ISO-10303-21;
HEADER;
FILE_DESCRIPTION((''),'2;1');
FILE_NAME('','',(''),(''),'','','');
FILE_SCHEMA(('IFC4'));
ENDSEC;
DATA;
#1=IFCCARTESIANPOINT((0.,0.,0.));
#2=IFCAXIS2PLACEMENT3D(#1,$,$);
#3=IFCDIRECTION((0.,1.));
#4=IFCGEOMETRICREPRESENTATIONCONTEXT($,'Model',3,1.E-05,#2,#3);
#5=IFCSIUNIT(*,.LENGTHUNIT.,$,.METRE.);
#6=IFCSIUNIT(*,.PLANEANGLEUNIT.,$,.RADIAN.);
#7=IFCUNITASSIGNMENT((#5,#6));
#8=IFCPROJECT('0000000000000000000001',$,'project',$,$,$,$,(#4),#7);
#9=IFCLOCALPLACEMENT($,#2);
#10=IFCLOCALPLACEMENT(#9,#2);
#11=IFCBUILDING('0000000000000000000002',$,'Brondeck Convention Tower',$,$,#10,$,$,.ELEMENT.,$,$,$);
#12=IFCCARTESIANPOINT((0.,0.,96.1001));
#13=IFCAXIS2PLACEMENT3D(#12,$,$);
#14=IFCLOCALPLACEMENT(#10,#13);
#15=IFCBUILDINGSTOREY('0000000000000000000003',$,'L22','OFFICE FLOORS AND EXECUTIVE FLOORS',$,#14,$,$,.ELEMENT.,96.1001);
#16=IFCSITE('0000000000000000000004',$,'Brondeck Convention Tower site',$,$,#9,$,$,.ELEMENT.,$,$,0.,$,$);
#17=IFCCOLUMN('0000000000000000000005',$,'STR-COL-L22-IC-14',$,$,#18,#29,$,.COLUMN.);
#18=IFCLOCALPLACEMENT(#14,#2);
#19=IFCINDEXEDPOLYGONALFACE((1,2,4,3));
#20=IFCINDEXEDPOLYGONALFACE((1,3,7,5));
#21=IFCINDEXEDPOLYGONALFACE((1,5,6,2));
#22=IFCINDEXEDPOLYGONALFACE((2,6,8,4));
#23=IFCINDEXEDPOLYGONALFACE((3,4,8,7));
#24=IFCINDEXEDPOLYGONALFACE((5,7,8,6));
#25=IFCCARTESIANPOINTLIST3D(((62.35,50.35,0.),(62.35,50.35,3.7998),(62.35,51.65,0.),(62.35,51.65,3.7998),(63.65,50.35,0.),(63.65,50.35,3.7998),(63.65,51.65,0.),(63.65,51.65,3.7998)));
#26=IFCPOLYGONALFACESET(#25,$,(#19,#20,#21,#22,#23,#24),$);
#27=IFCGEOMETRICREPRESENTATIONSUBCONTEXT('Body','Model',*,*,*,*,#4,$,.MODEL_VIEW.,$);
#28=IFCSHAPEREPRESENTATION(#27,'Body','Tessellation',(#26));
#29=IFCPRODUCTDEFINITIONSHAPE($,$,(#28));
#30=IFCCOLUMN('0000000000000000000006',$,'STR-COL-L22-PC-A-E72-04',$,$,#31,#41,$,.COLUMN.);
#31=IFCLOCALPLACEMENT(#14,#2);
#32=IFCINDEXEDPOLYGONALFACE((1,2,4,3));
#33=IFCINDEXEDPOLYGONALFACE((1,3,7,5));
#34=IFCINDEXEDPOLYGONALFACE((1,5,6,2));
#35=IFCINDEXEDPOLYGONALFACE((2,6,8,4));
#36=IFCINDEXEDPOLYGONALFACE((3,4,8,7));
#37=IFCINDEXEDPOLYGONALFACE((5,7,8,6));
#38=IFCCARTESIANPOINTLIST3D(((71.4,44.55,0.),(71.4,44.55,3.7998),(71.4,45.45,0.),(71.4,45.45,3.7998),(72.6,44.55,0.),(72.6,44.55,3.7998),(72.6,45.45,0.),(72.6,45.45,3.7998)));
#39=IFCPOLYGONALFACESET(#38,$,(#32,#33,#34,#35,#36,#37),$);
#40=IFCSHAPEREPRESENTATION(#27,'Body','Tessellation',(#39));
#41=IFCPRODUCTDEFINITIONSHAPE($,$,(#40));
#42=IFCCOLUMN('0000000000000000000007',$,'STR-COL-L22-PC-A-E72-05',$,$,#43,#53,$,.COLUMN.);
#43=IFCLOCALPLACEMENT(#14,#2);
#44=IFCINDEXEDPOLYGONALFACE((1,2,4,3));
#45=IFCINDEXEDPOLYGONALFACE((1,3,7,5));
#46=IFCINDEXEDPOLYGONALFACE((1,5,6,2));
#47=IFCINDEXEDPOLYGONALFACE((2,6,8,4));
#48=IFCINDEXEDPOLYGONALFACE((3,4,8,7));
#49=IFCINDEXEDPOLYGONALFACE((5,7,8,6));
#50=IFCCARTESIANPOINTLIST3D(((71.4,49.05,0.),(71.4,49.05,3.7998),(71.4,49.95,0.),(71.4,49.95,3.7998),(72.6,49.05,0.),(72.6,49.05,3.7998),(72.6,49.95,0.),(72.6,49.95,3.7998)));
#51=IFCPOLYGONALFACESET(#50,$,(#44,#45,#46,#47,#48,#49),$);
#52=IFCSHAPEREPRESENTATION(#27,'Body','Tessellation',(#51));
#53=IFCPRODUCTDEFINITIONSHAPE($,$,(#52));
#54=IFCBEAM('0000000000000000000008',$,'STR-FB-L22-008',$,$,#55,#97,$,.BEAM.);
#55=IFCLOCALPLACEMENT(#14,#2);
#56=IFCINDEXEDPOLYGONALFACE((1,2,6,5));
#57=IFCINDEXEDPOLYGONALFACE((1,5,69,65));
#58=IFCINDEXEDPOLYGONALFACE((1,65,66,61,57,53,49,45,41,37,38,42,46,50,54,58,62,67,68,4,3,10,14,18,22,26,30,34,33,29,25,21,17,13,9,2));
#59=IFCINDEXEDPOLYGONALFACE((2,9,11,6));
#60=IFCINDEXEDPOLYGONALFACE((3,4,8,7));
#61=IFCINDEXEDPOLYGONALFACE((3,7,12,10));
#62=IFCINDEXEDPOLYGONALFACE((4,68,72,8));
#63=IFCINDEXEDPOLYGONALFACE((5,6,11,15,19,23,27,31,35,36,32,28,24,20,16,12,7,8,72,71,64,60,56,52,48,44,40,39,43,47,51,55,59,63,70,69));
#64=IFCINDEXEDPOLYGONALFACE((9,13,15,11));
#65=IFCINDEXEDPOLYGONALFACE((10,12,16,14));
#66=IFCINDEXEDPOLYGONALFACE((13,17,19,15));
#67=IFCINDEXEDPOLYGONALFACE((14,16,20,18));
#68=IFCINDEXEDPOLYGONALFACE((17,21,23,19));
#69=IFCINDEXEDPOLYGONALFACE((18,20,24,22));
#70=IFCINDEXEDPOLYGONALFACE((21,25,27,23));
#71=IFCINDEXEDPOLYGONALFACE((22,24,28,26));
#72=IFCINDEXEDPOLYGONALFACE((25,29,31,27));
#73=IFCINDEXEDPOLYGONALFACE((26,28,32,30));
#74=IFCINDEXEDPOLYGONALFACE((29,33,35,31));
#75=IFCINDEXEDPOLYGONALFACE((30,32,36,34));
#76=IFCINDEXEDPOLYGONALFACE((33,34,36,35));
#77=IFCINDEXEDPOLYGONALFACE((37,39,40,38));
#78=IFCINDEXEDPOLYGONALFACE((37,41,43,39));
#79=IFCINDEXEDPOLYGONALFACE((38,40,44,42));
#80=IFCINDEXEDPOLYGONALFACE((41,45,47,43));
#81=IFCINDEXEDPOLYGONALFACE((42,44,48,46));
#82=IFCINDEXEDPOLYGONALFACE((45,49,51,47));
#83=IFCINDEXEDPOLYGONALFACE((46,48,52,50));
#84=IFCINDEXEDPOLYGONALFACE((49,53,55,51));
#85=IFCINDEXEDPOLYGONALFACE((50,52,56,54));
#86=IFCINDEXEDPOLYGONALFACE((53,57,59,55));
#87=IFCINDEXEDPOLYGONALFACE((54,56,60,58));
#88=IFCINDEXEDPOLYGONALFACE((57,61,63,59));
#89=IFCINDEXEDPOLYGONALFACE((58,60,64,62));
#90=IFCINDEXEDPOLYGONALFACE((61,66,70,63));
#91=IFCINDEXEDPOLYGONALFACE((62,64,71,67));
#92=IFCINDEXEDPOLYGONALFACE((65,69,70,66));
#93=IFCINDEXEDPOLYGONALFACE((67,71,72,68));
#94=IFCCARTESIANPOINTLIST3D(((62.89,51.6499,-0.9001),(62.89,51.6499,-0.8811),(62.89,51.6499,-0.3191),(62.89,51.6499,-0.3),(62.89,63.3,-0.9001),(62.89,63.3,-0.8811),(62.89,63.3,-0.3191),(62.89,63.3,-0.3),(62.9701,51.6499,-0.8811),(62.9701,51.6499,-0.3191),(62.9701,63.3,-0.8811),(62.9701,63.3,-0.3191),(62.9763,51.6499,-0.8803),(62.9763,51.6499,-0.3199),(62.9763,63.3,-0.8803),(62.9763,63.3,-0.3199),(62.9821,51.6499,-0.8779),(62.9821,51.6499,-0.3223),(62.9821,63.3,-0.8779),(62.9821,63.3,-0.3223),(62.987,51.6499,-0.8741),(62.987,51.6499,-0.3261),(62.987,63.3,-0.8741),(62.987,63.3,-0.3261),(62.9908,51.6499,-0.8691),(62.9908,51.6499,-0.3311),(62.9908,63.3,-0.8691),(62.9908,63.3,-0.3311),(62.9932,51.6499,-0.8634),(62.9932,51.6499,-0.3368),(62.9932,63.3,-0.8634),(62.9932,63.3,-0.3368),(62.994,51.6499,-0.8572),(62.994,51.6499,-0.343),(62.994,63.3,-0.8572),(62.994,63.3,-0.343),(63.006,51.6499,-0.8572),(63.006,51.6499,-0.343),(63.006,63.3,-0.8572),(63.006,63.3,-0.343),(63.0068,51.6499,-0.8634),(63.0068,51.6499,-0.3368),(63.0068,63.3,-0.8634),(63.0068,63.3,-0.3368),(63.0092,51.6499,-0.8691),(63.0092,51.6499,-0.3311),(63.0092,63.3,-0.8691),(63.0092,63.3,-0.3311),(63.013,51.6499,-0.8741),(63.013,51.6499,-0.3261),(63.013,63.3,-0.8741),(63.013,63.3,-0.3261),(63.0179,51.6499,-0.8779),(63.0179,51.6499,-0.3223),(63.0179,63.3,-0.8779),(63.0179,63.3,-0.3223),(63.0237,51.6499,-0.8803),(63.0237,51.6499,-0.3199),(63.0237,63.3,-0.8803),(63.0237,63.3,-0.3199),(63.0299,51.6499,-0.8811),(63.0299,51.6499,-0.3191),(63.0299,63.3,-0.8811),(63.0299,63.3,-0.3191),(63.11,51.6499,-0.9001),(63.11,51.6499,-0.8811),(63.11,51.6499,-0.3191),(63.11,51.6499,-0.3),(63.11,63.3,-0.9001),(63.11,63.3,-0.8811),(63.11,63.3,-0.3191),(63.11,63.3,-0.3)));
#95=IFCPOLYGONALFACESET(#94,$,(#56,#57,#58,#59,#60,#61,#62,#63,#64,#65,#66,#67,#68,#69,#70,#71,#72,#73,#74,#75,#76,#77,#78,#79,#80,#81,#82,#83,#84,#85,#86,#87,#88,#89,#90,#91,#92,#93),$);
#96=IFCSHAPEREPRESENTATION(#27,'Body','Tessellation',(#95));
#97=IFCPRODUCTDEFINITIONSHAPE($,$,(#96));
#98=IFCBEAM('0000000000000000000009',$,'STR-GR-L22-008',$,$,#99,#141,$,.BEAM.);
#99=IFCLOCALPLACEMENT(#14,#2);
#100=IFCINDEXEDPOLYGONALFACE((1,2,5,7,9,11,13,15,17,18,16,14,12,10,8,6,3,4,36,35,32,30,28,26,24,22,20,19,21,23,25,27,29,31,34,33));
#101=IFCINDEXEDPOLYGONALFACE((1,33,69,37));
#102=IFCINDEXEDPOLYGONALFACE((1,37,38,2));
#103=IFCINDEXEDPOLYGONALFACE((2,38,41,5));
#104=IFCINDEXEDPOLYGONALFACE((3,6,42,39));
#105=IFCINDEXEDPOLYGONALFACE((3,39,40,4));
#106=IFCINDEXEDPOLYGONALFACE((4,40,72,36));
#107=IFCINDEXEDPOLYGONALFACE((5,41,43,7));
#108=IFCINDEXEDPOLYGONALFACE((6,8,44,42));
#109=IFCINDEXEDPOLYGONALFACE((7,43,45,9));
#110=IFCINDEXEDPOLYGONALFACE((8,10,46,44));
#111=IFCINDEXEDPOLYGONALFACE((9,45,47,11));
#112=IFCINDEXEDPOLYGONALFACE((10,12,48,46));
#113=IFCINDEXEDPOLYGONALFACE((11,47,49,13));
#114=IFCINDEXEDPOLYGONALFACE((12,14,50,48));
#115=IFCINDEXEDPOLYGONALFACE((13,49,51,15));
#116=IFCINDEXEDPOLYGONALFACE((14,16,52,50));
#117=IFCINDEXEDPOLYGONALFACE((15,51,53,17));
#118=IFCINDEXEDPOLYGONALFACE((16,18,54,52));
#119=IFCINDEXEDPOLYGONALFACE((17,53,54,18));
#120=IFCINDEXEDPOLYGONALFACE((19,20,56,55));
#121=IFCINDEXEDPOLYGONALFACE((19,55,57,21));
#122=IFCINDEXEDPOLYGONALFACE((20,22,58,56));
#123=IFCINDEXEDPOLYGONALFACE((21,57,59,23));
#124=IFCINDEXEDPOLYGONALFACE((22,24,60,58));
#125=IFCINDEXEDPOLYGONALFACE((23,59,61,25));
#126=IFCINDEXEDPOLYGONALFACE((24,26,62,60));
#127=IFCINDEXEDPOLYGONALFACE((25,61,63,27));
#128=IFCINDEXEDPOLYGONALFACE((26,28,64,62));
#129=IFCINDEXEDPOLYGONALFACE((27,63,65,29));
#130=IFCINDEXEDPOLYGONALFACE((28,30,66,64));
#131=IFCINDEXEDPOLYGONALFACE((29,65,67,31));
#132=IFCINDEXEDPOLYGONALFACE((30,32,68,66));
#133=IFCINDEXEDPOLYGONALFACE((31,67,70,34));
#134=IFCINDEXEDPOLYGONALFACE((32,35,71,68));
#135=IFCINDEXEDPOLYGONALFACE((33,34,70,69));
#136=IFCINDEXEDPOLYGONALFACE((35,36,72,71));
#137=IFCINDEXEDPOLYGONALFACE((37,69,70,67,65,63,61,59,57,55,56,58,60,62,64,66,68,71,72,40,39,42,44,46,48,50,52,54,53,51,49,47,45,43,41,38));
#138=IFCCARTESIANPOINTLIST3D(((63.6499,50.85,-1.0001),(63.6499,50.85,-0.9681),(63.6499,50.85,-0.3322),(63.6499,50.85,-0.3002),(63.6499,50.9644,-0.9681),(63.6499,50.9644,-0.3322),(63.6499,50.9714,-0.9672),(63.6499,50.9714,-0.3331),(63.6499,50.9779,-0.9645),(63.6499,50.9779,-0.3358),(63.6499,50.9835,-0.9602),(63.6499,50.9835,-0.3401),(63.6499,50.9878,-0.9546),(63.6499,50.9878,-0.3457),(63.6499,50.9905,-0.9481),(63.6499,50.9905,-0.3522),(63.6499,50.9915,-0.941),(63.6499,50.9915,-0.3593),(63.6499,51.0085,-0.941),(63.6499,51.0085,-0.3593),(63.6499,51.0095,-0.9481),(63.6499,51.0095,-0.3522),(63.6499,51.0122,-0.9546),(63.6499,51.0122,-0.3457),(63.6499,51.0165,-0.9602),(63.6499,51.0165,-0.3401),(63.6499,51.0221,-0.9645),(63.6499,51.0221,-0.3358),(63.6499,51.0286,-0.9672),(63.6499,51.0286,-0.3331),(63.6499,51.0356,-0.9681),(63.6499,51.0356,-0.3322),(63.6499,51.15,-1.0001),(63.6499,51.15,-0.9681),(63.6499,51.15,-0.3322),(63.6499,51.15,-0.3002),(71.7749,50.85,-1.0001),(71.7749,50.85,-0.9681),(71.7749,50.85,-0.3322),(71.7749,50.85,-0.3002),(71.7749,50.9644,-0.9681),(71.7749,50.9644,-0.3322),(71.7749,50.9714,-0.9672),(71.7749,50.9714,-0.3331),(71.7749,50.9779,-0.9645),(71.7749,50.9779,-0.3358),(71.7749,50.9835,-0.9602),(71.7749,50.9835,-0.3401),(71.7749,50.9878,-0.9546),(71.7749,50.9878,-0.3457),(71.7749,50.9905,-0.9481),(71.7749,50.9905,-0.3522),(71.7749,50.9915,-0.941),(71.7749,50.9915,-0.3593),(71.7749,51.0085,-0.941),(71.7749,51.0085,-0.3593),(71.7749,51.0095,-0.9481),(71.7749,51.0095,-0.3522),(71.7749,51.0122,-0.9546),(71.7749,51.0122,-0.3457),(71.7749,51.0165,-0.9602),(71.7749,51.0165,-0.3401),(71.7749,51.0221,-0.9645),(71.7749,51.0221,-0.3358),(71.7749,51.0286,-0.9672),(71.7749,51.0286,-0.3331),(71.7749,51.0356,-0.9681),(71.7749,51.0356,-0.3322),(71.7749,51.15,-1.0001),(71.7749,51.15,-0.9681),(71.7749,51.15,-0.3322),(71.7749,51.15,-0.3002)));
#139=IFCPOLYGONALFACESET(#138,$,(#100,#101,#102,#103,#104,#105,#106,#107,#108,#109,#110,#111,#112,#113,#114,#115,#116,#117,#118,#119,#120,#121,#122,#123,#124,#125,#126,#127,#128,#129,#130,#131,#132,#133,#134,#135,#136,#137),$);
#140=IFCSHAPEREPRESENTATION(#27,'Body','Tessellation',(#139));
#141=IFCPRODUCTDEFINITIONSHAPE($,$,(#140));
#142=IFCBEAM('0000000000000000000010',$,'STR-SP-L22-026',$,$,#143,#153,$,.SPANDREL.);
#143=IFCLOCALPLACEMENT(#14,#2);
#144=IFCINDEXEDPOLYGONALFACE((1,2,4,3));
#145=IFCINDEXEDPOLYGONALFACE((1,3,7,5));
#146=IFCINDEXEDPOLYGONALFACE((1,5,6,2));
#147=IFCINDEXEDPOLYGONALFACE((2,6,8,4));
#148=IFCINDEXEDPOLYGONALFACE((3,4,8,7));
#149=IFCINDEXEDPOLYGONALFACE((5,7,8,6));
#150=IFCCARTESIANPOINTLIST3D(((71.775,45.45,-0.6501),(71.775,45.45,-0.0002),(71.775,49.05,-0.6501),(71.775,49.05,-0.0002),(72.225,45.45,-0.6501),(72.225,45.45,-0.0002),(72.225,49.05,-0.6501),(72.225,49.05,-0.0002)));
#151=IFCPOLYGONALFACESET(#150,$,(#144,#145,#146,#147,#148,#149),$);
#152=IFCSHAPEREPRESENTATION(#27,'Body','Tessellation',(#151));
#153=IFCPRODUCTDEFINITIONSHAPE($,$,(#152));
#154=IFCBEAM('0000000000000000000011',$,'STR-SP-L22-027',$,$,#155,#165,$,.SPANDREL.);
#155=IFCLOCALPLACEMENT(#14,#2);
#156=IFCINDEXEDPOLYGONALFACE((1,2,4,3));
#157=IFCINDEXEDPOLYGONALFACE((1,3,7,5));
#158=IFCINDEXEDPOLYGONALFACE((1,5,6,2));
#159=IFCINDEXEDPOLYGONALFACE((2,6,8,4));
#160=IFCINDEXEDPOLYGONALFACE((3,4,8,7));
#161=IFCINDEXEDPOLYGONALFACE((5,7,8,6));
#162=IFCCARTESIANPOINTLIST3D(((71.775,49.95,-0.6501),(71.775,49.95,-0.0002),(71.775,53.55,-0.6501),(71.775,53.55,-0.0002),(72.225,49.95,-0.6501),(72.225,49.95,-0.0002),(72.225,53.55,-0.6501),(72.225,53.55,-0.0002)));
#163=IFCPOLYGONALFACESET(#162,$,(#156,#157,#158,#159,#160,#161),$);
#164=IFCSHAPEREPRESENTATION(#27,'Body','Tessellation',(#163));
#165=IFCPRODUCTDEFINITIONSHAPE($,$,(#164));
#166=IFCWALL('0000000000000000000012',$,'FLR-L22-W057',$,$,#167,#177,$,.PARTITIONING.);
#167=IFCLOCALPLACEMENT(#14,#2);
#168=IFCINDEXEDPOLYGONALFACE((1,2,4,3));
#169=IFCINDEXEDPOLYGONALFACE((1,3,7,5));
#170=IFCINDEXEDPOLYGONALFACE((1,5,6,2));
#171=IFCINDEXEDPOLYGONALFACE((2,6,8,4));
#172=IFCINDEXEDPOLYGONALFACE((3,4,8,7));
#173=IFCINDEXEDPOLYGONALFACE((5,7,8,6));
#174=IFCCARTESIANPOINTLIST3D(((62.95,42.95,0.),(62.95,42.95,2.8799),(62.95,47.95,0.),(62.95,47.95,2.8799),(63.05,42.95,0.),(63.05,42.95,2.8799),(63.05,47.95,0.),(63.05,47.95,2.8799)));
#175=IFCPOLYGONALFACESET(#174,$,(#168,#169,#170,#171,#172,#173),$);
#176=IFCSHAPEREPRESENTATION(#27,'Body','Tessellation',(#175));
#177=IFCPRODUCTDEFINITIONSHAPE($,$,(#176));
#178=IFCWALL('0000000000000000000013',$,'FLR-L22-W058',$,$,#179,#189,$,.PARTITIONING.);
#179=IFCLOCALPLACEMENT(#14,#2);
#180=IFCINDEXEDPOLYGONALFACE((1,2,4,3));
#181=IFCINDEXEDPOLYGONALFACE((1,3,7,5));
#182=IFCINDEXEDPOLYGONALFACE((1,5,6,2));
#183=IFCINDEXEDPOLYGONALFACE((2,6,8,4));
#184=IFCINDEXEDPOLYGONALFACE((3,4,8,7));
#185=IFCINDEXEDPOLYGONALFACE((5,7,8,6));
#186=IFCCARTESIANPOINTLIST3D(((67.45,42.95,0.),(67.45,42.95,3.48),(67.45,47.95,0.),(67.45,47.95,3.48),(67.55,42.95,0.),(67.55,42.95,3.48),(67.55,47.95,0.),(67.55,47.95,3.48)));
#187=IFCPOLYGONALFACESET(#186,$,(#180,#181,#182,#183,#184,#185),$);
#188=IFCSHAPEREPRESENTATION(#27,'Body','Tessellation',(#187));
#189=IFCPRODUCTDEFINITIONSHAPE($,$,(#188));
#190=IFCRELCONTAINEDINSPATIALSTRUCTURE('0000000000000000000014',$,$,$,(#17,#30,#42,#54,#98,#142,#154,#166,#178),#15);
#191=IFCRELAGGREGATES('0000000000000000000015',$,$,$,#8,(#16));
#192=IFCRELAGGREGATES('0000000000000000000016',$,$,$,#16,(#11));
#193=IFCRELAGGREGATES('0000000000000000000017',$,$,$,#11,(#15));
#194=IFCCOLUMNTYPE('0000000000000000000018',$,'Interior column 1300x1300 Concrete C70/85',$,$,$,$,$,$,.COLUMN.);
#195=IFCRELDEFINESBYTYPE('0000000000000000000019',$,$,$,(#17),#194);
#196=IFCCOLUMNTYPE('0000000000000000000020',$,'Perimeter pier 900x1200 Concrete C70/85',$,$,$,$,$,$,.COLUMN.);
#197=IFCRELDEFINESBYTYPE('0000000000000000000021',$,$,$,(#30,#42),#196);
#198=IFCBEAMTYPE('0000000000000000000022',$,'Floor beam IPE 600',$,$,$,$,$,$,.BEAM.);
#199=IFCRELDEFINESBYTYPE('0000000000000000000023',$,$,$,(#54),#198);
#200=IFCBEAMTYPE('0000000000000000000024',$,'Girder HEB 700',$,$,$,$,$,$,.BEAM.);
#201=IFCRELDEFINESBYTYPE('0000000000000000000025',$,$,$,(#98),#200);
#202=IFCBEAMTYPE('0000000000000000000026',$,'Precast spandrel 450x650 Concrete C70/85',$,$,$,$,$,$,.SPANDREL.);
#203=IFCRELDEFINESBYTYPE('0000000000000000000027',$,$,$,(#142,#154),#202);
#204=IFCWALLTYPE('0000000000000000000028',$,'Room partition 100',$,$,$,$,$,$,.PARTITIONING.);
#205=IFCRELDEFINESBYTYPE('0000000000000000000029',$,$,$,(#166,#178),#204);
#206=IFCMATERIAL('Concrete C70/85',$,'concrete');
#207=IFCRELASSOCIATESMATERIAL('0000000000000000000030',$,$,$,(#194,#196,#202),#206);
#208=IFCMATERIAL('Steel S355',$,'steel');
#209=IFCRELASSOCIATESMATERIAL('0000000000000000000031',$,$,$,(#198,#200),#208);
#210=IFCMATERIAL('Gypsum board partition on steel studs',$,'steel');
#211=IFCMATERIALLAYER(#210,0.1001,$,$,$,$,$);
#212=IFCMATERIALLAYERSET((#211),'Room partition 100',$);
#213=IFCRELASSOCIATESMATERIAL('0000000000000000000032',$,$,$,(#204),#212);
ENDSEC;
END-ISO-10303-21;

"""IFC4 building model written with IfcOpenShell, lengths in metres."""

from ifc_helpers import new_model, si_unit, direction, frame, frame_2d, origin, origin_2d, place, context, subcontext, project, spatial, rectangle, i_section, extrude, material, layer, layer_set, material_profile, profile_set, type_object, element, save


model = new_model("IFC4")

# Units and contexts
model_context = context("Model", 3, precision=1e-05, world=origin(), true_north=direction((0.0, 1.0)))
body_context = subcontext(model_context, "Body", "Model", "MODEL_VIEW")
ifc_project = project(units=[si_unit("LENGTHUNIT", "METRE"), si_unit("PLANEANGLEUNIT", "RADIAN")], contexts=[model_context])

# Site, building, storey
site_placement = place(None, origin())
site = spatial("IfcSite", under=ifc_project, at=site_placement, Name="Brondeck Convention Tower site", CompositionType="ELEMENT", RefElevation=0.0)
building_placement = place(site_placement, origin())
building = spatial("IfcBuilding", under=site, at=building_placement, Name="Brondeck Convention Tower", CompositionType="ELEMENT")
storey_placement = place(building_placement, frame((0.0, 0.0, 96.1001)))
storey = spatial("IfcBuildingStorey", under=building, at=storey_placement, Name="L22", Description="OFFICE FLOORS AND EXECUTIVE FLOORS", CompositionType="ELEMENT", Elevation=96.1001)

# Columns
ifc_material_1 = material(Name="Concrete C70/85", Category="concrete")
ifc_material_profile_1 = material_profile(ifc_material_1, rectangle(XDim=1.3, YDim=1.3, at=origin_2d()), Name="Interior column 1300x1300 Concrete C70/85")
ifc_profile_set_1 = profile_set([ifc_material_profile_1], Name="Concrete C70/85")
column_type_1 = type_object("IfcColumnType", Name="Interior column 1300x1300 Concrete C70/85", PredefinedType="COLUMN", material=ifc_profile_set_1)
column_placement = place(storey_placement, frame((63.0, 51.0, 0.0), z_axis=(0.0, 0.0, 1.0), x_axis=(1.0, 0.0, 0.0)))
element("IfcColumn", 1, at=column_placement, inside=storey, type_object=column_type_1, Name="STR-COL-L22-IC-14", PredefinedType="COLUMN", context=body_context, shape_type="SweptSolid", body=[
    extrude(rectangle(XDim=1.3, YDim=1.3, at=origin_2d()), origin(), (0.0, 0.0, 1.0), 3.7998),
])
ifc_material_profile_2 = material_profile(ifc_material_1, rectangle(XDim=0.8999, YDim=1.2, at=origin_2d()), Name="Perimeter pier 900x1200 Concrete C70/85")
ifc_profile_set_2 = profile_set([ifc_material_profile_2], Name="Concrete C70/85")
column_type_2 = type_object("IfcColumnType", Name="Perimeter pier 900x1200 Concrete C70/85", PredefinedType="COLUMN", material=ifc_profile_set_2)
for number, where, z_axis, x_axis, name in (
    (2, (72.0, 45.0, 0.0), (0.0, 0.0, 1.0), (0.0, 1.0, 0.0), "STR-COL-L22-PC-A-E72-04"),
    (3, (72.0, 49.5, 0.0), (0.0, 0.0, 1.0), (0.0, 1.0, 0.0), "STR-COL-L22-PC-A-E72-05"),
):
    element("IfcColumn", number, at=place(storey_placement, frame(where, z_axis=z_axis, x_axis=x_axis)), inside=storey, type_object=column_type_2, Name=name, PredefinedType="COLUMN", context=body_context, shape_type="SweptSolid", body=[
        extrude(rectangle(XDim=0.8999, YDim=1.2, at=origin_2d()), origin(), (0.0, 0.0, 1.0), 3.7998),
    ])

# Beams
ifc_material_2 = material(Name="Steel S355", Category="steel")
ifc_material_profile_3 = material_profile(ifc_material_2, i_section(OverallWidth=0.22, OverallDepth=0.6001, WebThickness=0.012, FlangeThickness=0.019, FilletRadius=0.0239, at=origin_2d()), Name="IPE 600")
ifc_profile_set_3 = profile_set([ifc_material_profile_3], Name="Steel S355")
beam_type_1 = type_object("IfcBeamType", Name="Floor beam IPE 600", PredefinedType="BEAM", material=ifc_profile_set_3)
beam_1_placement = place(storey_placement, frame((63.0, 51.6499, -0.6001), z_axis=(0.0, 1.0, 0.0), x_axis=(-1.0, 0.0, 0.0)))
element("IfcBeam", 4, at=beam_1_placement, inside=storey, type_object=beam_type_1, Name="STR-FB-L22-008", PredefinedType="BEAM", context=body_context, shape_type="SweptSolid", body=[
    extrude(i_section(OverallWidth=0.22, OverallDepth=0.6001, WebThickness=0.012, FlangeThickness=0.019, FilletRadius=0.0239, at=origin_2d()), origin(), (0.0, 0.0, 1.0), 11.6501),
])
ifc_material_profile_4 = material_profile(ifc_material_2, i_section(OverallWidth=0.3, OverallDepth=0.7, WebThickness=0.0171, FlangeThickness=0.032, FilletRadius=0.0271, at=origin_2d()), Name="HEB 700")
ifc_profile_set_4 = profile_set([ifc_material_profile_4], Name="Steel S355")
beam_type_2 = type_object("IfcBeamType", Name="Girder HEB 700", PredefinedType="BEAM", material=ifc_profile_set_4)
beam_2_placement = place(storey_placement, frame((63.6499, 51.0, -0.6501), z_axis=(1.0, 0.0, 0.0), x_axis=(0.0, 1.0, 0.0)))
element("IfcBeam", 5, at=beam_2_placement, inside=storey, type_object=beam_type_2, Name="STR-GR-L22-008", PredefinedType="BEAM", context=body_context, shape_type="SweptSolid", body=[
    extrude(i_section(OverallWidth=0.3, OverallDepth=0.7, WebThickness=0.0171, FlangeThickness=0.032, FilletRadius=0.0271, at=origin_2d()), origin(), (0.0, 0.0, 1.0), 8.125),
])
ifc_material_profile_5 = material_profile(ifc_material_1, rectangle(XDim=0.45, YDim=0.6499, at=origin_2d()), Name="Precast spandrel 450x650 Concrete C70/85")
ifc_profile_set_5 = profile_set([ifc_material_profile_5], Name="Concrete C70/85")
beam_type_3 = type_object("IfcBeamType", Name="Precast spandrel 450x650 Concrete C70/85", PredefinedType="SPANDREL", material=ifc_profile_set_5)
for number, where, z_axis, x_axis, name in (
    (6, (72.0, 45.45, -0.3252), (0.0, 1.0, 0.0), (-1.0, 0.0, 0.0), "STR-SP-L22-026"),
    (7, (72.0, 49.95, -0.3252), (0.0, 1.0, 0.0), (-1.0, 0.0, 0.0), "STR-SP-L22-027"),
):
    element("IfcBeam", number, at=place(storey_placement, frame(where, z_axis=z_axis, x_axis=x_axis)), inside=storey, type_object=beam_type_3, Name=name, PredefinedType="SPANDREL", context=body_context, shape_type="SweptSolid", body=[
        extrude(rectangle(XDim=0.45, YDim=0.6499, at=origin_2d()), origin(), (0.0, 0.0, 1.0), 3.6001),
    ])

# Walls
ifc_material_3 = material(Name="Gypsum board partition on steel studs", Category="steel")
ifc_layer = layer(ifc_material_3, 0.1001)
ifc_layer_set = layer_set([ifc_layer], Name="Room partition 100")
wall_type = type_object("IfcWallType", Name="Room partition 100", PredefinedType="PARTITIONING", material=ifc_layer_set)
wall_1_placement = place(storey_placement, frame((63.0, 47.95, 0.0), z_axis=(0.0, 0.0, 1.0), x_axis=(0.0, -1.0, 0.0)))
element("IfcWall", 8, at=wall_1_placement, inside=storey, type_object=wall_type, Name="FLR-L22-W057", PredefinedType="PARTITIONING", context=body_context, shape_type="SweptSolid", body=[
    extrude(rectangle(XDim=5.0, YDim=0.1001, at=frame_2d((2.5, 0.0))), origin(), (0.0, 0.0, 1.0), 2.8799),
])
wall_2_placement = place(storey_placement, frame((67.5, 47.95, 0.0), z_axis=(0.0, 0.0, 1.0), x_axis=(0.0, -1.0, 0.0)))
element("IfcWall", 9, at=wall_2_placement, inside=storey, type_object=wall_type, Name="FLR-L22-W058", PredefinedType="PARTITIONING", context=body_context, shape_type="SweptSolid", body=[
    extrude(rectangle(XDim=5.0, YDim=0.1001, at=frame_2d((2.5, 0.0))), origin(), (0.0, 0.0, 1.0), 3.48),
])

save(model, "model.ifc")
